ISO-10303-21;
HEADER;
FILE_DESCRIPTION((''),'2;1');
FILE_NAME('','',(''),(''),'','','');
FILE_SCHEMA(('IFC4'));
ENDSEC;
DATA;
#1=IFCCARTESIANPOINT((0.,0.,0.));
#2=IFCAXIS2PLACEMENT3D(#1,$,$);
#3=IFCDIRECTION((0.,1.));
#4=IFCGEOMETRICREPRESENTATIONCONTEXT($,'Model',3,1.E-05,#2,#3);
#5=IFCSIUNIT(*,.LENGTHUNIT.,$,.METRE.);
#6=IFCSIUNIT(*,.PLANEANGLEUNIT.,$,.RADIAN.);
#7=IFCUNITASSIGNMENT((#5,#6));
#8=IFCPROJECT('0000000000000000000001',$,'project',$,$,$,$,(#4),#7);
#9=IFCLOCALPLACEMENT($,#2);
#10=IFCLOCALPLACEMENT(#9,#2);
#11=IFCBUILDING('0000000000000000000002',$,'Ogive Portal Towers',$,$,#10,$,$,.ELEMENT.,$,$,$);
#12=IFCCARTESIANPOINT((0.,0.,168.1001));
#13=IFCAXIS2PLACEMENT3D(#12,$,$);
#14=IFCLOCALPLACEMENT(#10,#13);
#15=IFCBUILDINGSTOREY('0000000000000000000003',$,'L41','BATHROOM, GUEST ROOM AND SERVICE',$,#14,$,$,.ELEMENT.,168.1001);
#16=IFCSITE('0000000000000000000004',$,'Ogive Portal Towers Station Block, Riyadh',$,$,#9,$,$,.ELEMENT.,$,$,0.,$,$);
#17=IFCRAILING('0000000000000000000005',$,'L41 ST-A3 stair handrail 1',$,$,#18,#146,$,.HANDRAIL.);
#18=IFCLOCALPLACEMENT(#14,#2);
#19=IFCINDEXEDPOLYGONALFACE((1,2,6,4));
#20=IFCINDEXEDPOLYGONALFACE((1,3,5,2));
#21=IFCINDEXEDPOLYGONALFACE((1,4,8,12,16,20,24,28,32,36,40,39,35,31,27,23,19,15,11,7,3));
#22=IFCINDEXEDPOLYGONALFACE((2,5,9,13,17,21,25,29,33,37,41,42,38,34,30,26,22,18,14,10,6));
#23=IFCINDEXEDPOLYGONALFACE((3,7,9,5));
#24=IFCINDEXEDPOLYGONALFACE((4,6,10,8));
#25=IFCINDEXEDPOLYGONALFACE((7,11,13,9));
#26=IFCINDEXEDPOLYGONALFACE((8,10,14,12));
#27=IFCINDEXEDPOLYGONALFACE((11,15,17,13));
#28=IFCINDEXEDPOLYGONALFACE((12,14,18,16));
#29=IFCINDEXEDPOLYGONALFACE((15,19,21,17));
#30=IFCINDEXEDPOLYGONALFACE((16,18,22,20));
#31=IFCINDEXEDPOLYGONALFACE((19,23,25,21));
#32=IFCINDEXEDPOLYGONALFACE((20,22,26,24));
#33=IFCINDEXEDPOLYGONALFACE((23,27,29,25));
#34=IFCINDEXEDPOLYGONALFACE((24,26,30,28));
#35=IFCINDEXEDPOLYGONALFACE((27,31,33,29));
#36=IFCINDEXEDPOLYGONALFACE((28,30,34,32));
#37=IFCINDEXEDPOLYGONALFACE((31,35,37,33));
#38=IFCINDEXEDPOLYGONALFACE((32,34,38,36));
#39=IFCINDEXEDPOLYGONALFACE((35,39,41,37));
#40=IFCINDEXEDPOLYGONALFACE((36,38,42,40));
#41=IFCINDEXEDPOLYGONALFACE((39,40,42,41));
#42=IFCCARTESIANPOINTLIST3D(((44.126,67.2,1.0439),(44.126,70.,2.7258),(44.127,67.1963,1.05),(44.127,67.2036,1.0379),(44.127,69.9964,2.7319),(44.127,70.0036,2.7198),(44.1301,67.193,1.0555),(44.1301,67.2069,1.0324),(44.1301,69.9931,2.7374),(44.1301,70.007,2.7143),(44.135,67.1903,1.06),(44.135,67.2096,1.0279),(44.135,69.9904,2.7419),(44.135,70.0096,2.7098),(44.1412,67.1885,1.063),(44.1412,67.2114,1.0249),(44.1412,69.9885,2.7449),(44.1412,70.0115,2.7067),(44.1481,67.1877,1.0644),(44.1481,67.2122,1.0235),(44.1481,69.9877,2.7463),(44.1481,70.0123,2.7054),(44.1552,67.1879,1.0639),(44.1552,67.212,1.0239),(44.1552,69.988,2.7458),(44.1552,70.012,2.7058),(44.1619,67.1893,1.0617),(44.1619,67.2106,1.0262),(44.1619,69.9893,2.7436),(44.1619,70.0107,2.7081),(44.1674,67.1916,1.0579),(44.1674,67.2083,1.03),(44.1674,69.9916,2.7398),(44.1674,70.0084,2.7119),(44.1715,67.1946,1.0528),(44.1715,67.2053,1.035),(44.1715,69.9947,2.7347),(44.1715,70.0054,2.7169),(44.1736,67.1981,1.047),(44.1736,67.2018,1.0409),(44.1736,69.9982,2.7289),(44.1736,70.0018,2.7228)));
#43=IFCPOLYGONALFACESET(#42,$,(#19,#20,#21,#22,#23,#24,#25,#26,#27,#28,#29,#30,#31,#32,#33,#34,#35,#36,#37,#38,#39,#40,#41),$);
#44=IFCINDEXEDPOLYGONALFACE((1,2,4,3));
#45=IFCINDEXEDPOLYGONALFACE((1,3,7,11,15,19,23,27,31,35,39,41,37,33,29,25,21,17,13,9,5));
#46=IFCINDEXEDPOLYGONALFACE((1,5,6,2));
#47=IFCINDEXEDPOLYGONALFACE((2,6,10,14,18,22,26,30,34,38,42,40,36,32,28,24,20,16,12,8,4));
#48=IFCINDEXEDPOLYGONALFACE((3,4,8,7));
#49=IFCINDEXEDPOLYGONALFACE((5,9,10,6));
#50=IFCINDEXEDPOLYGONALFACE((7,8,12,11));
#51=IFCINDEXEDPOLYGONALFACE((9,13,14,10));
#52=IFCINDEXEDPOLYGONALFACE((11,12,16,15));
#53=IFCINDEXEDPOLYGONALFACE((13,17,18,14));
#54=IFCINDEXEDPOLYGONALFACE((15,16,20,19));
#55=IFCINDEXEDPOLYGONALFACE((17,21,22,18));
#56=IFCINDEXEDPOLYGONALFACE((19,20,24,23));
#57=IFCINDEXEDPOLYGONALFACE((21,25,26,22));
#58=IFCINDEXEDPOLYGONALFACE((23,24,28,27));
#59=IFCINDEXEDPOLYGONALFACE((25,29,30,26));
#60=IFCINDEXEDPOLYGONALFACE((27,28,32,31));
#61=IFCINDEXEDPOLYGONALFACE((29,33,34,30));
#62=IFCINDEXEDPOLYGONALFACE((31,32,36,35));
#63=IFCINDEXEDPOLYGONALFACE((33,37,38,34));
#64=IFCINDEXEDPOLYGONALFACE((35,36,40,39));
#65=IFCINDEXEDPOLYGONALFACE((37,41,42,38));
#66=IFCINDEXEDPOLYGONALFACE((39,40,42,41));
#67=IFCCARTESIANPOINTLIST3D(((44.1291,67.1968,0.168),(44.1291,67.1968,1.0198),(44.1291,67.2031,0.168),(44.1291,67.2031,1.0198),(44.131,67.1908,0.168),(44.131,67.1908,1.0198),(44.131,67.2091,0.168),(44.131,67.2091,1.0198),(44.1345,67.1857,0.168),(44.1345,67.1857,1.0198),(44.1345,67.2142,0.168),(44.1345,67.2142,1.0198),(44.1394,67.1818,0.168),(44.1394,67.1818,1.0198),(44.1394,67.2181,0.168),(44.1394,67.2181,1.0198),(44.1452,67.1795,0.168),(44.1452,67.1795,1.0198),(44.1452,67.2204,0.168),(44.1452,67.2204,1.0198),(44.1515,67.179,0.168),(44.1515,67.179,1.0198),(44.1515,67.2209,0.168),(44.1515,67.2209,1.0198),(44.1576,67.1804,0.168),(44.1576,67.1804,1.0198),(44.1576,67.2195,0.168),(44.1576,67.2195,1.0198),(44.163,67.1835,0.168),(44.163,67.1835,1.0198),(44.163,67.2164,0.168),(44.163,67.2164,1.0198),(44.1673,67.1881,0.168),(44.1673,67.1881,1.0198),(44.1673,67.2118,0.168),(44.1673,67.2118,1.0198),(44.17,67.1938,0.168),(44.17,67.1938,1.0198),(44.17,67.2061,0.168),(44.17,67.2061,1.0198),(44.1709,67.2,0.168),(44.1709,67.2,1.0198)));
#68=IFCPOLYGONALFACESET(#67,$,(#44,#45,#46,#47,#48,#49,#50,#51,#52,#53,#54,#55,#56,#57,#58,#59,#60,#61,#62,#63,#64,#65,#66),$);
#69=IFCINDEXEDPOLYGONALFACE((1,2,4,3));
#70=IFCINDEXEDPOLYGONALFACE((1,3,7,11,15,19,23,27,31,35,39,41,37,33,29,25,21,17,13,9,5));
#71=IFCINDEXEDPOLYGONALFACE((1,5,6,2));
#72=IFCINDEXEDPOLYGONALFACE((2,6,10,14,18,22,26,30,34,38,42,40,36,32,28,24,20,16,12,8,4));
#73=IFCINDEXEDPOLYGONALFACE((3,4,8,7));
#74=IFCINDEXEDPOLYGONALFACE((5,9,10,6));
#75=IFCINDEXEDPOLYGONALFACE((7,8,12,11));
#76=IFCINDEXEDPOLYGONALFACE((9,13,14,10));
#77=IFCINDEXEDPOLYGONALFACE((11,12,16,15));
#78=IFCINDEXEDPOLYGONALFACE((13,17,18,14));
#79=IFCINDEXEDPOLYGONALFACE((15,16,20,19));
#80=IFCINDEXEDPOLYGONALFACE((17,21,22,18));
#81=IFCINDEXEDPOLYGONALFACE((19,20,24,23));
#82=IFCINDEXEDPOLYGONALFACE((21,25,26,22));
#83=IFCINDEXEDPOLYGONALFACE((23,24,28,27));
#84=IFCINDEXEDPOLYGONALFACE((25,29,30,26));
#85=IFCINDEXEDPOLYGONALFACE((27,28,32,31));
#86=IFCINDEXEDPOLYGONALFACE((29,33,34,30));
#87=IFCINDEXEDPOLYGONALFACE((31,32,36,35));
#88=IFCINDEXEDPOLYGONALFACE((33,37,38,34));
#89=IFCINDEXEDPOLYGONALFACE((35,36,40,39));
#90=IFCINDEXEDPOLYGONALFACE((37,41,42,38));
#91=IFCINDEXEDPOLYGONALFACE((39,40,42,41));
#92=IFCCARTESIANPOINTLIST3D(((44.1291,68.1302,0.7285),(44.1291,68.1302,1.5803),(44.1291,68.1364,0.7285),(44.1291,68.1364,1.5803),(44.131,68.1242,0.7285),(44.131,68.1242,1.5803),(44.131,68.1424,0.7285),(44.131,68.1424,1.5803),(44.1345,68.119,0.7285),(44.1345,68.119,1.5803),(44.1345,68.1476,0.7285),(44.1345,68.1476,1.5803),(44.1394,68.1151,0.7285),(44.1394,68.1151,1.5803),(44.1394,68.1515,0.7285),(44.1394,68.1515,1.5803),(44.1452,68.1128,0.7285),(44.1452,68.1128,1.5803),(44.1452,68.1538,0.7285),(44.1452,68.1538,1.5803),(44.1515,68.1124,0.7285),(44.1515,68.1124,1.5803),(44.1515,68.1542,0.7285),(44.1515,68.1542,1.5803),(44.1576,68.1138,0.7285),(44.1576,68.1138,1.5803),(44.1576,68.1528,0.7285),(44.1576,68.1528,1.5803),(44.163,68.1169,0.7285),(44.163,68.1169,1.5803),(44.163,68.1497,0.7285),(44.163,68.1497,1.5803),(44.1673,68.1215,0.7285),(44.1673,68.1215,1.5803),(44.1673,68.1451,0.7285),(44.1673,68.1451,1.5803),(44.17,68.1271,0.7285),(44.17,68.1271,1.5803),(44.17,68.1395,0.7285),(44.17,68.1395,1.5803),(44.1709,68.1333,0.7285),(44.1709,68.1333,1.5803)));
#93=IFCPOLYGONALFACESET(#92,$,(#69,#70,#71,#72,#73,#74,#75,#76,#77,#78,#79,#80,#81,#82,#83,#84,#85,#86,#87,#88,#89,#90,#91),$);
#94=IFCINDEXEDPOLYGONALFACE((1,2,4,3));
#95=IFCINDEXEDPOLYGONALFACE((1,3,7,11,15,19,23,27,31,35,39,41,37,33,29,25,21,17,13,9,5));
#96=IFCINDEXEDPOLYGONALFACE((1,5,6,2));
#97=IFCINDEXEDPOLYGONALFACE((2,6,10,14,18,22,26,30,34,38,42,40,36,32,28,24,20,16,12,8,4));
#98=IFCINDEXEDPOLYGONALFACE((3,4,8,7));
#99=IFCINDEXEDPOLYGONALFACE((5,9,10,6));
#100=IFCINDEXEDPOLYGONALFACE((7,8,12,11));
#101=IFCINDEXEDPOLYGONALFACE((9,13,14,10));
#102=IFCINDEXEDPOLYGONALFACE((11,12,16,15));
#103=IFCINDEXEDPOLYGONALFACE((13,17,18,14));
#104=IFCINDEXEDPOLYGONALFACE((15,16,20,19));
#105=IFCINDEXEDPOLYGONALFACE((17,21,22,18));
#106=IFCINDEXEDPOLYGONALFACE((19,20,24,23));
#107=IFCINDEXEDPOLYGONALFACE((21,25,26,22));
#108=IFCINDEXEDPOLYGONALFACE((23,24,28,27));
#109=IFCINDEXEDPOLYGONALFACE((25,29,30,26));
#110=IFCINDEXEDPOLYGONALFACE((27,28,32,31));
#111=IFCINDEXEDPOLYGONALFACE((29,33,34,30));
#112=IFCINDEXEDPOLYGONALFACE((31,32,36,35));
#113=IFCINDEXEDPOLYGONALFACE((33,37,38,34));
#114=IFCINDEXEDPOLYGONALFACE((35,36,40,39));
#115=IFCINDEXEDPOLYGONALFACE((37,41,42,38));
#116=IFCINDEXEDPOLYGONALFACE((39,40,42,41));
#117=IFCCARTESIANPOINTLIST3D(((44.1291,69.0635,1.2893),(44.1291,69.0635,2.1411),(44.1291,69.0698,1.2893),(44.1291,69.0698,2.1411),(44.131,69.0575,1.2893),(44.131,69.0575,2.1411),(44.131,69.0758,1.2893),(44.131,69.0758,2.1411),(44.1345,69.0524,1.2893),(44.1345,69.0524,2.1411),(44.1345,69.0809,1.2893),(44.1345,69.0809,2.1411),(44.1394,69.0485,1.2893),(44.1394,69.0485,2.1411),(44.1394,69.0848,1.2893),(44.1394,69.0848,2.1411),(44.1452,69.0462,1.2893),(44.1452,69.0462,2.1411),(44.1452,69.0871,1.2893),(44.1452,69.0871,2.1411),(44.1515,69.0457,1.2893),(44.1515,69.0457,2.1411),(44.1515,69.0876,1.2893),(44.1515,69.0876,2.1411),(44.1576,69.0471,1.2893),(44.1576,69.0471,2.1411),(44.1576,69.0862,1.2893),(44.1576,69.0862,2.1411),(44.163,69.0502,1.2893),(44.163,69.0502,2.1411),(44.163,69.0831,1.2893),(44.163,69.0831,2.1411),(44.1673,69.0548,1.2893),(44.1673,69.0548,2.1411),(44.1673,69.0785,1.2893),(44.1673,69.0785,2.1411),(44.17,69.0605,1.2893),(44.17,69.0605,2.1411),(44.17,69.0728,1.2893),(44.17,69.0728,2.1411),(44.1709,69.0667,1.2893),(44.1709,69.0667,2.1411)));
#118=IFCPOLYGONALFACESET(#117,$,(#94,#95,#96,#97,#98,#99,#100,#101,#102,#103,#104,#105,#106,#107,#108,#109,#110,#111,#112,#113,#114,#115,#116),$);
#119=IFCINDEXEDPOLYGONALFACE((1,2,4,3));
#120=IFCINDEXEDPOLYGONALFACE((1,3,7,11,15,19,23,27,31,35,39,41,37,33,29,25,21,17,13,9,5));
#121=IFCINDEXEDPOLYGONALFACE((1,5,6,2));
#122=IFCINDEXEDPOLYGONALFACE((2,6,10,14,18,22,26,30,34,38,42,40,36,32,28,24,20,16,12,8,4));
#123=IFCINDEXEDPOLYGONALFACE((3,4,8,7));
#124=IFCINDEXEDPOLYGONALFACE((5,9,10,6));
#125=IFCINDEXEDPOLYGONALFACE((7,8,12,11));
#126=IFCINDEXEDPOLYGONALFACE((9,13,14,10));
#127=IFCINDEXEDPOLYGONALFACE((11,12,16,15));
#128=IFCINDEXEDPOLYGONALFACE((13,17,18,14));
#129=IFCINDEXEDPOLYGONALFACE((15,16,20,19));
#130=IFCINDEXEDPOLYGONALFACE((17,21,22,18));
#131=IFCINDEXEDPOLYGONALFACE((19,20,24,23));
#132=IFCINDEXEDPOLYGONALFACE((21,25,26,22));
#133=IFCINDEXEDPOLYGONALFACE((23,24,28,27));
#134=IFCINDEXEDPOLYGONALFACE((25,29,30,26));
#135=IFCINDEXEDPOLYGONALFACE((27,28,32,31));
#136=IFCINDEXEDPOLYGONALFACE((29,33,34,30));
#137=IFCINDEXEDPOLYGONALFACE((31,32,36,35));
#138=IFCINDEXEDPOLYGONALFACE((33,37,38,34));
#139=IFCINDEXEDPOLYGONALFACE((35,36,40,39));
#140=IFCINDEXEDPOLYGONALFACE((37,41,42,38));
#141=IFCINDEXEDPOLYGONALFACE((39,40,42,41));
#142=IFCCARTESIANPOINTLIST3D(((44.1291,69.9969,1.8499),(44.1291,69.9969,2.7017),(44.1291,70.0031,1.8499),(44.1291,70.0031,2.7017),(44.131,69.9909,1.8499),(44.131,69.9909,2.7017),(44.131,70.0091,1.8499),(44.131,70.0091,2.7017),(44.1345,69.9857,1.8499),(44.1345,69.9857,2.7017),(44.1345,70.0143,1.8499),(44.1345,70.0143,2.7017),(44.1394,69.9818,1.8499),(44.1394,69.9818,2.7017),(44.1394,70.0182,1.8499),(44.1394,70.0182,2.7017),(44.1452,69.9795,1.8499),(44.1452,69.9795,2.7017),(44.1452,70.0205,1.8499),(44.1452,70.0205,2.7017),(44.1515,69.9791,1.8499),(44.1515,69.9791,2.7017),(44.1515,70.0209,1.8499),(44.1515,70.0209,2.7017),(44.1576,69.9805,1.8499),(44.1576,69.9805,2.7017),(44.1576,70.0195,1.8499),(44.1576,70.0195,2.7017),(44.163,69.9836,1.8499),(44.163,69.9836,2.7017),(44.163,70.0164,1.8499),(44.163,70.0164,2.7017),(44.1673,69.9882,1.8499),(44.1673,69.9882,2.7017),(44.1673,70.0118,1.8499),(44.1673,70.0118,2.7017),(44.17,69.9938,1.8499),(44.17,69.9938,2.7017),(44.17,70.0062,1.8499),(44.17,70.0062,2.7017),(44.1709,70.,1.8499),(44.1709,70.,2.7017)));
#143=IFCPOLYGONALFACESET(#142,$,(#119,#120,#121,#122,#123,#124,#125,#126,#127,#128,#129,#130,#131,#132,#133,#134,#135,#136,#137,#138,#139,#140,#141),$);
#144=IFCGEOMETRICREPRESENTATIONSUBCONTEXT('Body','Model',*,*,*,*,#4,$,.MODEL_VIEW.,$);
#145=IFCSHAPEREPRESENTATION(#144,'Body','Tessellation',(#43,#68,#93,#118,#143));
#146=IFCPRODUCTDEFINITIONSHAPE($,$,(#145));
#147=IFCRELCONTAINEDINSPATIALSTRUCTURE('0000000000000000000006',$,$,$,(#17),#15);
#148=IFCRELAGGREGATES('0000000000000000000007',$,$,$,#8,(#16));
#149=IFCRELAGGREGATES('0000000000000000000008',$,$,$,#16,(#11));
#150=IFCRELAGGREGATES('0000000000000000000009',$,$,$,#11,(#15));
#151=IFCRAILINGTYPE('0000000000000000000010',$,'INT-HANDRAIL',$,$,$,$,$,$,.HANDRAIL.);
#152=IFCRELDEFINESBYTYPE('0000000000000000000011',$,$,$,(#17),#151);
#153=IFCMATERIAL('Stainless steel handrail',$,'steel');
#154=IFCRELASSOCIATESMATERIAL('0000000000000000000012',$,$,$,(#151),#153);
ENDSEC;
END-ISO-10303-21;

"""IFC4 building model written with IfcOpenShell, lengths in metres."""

from ifc_helpers import new_model, si_unit, direction, frame, origin, origin_2d, place, context, subcontext, project, spatial, circle, extrude, material, type_object, element, save


model = new_model("IFC4")

# Units and contexts
model_context = context("Model", 3, precision=1e-05, world=origin(), true_north=direction((0.0, 1.0)))
body_context = subcontext(model_context, "Body", "Model", "MODEL_VIEW")
ifc_project = project(units=[si_unit("LENGTHUNIT", "METRE"), si_unit("PLANEANGLEUNIT", "RADIAN")], contexts=[model_context])

# Site, building, storey
site_placement = place(None, origin())
site = spatial("IfcSite", under=ifc_project, at=site_placement, Name="Ogive Portal Towers Station Block, Riyadh", CompositionType="ELEMENT", RefElevation=0.0)
building_placement = place(site_placement, origin())
building = spatial("IfcBuilding", under=site, at=building_placement, Name="Ogive Portal Towers", CompositionType="ELEMENT")
storey_placement = place(building_placement, frame((0.0, 0.0, 168.1001)))
storey = spatial("IfcBuildingStorey", under=building, at=storey_placement, Name="L41", Description="BATHROOM, GUEST ROOM AND SERVICE", CompositionType="ELEMENT", Elevation=168.1001)

# Railing
ifc_material_1 = material(Name="Stainless steel handrail", Category="steel")
railing_type_1 = type_object("IfcRailingType", Name="INT-HANDRAIL", PredefinedType="HANDRAIL", material=ifc_material_1)
railing_1_placement = place(storey_placement, frame((44.1499, 67.2, 0.168)))
element("IfcRailing", 1, at=railing_1_placement, inside=storey, type_object=railing_type_1, Name="L41 ST-A3 stair handrail 1", PredefinedType="HANDRAIL", context=body_context, shape_type="SweptSolid", body=[
    extrude(circle(Radius=0.0239, at=origin_2d()), frame((0.0, 0.0, 0.876), z_axis=(0.0, 0.857242, 0.514913), x_axis=(-1.0, 0.0, 0.0)), (0.0, 0.0, 1.0), 3.2664),
    extrude(circle(Radius=0.021, at=origin_2d()), origin(), (0.0, 0.0, 1.0), 0.8518),
    extrude(circle(Radius=0.021, at=origin_2d()), frame((0.0, 0.9333, 0.5605)), (0.0, 0.0, 1.0), 0.8518),
    extrude(circle(Radius=0.021, at=origin_2d()), frame((0.0, 1.8667, 1.1213)), (0.0, 0.0, 1.0), 0.8518),
    extrude(circle(Radius=0.021, at=origin_2d()), frame((0.0, 2.8, 1.6819)), (0.0, 0.0, 1.0), 0.8518),
])

save(model, "model.ifc")
